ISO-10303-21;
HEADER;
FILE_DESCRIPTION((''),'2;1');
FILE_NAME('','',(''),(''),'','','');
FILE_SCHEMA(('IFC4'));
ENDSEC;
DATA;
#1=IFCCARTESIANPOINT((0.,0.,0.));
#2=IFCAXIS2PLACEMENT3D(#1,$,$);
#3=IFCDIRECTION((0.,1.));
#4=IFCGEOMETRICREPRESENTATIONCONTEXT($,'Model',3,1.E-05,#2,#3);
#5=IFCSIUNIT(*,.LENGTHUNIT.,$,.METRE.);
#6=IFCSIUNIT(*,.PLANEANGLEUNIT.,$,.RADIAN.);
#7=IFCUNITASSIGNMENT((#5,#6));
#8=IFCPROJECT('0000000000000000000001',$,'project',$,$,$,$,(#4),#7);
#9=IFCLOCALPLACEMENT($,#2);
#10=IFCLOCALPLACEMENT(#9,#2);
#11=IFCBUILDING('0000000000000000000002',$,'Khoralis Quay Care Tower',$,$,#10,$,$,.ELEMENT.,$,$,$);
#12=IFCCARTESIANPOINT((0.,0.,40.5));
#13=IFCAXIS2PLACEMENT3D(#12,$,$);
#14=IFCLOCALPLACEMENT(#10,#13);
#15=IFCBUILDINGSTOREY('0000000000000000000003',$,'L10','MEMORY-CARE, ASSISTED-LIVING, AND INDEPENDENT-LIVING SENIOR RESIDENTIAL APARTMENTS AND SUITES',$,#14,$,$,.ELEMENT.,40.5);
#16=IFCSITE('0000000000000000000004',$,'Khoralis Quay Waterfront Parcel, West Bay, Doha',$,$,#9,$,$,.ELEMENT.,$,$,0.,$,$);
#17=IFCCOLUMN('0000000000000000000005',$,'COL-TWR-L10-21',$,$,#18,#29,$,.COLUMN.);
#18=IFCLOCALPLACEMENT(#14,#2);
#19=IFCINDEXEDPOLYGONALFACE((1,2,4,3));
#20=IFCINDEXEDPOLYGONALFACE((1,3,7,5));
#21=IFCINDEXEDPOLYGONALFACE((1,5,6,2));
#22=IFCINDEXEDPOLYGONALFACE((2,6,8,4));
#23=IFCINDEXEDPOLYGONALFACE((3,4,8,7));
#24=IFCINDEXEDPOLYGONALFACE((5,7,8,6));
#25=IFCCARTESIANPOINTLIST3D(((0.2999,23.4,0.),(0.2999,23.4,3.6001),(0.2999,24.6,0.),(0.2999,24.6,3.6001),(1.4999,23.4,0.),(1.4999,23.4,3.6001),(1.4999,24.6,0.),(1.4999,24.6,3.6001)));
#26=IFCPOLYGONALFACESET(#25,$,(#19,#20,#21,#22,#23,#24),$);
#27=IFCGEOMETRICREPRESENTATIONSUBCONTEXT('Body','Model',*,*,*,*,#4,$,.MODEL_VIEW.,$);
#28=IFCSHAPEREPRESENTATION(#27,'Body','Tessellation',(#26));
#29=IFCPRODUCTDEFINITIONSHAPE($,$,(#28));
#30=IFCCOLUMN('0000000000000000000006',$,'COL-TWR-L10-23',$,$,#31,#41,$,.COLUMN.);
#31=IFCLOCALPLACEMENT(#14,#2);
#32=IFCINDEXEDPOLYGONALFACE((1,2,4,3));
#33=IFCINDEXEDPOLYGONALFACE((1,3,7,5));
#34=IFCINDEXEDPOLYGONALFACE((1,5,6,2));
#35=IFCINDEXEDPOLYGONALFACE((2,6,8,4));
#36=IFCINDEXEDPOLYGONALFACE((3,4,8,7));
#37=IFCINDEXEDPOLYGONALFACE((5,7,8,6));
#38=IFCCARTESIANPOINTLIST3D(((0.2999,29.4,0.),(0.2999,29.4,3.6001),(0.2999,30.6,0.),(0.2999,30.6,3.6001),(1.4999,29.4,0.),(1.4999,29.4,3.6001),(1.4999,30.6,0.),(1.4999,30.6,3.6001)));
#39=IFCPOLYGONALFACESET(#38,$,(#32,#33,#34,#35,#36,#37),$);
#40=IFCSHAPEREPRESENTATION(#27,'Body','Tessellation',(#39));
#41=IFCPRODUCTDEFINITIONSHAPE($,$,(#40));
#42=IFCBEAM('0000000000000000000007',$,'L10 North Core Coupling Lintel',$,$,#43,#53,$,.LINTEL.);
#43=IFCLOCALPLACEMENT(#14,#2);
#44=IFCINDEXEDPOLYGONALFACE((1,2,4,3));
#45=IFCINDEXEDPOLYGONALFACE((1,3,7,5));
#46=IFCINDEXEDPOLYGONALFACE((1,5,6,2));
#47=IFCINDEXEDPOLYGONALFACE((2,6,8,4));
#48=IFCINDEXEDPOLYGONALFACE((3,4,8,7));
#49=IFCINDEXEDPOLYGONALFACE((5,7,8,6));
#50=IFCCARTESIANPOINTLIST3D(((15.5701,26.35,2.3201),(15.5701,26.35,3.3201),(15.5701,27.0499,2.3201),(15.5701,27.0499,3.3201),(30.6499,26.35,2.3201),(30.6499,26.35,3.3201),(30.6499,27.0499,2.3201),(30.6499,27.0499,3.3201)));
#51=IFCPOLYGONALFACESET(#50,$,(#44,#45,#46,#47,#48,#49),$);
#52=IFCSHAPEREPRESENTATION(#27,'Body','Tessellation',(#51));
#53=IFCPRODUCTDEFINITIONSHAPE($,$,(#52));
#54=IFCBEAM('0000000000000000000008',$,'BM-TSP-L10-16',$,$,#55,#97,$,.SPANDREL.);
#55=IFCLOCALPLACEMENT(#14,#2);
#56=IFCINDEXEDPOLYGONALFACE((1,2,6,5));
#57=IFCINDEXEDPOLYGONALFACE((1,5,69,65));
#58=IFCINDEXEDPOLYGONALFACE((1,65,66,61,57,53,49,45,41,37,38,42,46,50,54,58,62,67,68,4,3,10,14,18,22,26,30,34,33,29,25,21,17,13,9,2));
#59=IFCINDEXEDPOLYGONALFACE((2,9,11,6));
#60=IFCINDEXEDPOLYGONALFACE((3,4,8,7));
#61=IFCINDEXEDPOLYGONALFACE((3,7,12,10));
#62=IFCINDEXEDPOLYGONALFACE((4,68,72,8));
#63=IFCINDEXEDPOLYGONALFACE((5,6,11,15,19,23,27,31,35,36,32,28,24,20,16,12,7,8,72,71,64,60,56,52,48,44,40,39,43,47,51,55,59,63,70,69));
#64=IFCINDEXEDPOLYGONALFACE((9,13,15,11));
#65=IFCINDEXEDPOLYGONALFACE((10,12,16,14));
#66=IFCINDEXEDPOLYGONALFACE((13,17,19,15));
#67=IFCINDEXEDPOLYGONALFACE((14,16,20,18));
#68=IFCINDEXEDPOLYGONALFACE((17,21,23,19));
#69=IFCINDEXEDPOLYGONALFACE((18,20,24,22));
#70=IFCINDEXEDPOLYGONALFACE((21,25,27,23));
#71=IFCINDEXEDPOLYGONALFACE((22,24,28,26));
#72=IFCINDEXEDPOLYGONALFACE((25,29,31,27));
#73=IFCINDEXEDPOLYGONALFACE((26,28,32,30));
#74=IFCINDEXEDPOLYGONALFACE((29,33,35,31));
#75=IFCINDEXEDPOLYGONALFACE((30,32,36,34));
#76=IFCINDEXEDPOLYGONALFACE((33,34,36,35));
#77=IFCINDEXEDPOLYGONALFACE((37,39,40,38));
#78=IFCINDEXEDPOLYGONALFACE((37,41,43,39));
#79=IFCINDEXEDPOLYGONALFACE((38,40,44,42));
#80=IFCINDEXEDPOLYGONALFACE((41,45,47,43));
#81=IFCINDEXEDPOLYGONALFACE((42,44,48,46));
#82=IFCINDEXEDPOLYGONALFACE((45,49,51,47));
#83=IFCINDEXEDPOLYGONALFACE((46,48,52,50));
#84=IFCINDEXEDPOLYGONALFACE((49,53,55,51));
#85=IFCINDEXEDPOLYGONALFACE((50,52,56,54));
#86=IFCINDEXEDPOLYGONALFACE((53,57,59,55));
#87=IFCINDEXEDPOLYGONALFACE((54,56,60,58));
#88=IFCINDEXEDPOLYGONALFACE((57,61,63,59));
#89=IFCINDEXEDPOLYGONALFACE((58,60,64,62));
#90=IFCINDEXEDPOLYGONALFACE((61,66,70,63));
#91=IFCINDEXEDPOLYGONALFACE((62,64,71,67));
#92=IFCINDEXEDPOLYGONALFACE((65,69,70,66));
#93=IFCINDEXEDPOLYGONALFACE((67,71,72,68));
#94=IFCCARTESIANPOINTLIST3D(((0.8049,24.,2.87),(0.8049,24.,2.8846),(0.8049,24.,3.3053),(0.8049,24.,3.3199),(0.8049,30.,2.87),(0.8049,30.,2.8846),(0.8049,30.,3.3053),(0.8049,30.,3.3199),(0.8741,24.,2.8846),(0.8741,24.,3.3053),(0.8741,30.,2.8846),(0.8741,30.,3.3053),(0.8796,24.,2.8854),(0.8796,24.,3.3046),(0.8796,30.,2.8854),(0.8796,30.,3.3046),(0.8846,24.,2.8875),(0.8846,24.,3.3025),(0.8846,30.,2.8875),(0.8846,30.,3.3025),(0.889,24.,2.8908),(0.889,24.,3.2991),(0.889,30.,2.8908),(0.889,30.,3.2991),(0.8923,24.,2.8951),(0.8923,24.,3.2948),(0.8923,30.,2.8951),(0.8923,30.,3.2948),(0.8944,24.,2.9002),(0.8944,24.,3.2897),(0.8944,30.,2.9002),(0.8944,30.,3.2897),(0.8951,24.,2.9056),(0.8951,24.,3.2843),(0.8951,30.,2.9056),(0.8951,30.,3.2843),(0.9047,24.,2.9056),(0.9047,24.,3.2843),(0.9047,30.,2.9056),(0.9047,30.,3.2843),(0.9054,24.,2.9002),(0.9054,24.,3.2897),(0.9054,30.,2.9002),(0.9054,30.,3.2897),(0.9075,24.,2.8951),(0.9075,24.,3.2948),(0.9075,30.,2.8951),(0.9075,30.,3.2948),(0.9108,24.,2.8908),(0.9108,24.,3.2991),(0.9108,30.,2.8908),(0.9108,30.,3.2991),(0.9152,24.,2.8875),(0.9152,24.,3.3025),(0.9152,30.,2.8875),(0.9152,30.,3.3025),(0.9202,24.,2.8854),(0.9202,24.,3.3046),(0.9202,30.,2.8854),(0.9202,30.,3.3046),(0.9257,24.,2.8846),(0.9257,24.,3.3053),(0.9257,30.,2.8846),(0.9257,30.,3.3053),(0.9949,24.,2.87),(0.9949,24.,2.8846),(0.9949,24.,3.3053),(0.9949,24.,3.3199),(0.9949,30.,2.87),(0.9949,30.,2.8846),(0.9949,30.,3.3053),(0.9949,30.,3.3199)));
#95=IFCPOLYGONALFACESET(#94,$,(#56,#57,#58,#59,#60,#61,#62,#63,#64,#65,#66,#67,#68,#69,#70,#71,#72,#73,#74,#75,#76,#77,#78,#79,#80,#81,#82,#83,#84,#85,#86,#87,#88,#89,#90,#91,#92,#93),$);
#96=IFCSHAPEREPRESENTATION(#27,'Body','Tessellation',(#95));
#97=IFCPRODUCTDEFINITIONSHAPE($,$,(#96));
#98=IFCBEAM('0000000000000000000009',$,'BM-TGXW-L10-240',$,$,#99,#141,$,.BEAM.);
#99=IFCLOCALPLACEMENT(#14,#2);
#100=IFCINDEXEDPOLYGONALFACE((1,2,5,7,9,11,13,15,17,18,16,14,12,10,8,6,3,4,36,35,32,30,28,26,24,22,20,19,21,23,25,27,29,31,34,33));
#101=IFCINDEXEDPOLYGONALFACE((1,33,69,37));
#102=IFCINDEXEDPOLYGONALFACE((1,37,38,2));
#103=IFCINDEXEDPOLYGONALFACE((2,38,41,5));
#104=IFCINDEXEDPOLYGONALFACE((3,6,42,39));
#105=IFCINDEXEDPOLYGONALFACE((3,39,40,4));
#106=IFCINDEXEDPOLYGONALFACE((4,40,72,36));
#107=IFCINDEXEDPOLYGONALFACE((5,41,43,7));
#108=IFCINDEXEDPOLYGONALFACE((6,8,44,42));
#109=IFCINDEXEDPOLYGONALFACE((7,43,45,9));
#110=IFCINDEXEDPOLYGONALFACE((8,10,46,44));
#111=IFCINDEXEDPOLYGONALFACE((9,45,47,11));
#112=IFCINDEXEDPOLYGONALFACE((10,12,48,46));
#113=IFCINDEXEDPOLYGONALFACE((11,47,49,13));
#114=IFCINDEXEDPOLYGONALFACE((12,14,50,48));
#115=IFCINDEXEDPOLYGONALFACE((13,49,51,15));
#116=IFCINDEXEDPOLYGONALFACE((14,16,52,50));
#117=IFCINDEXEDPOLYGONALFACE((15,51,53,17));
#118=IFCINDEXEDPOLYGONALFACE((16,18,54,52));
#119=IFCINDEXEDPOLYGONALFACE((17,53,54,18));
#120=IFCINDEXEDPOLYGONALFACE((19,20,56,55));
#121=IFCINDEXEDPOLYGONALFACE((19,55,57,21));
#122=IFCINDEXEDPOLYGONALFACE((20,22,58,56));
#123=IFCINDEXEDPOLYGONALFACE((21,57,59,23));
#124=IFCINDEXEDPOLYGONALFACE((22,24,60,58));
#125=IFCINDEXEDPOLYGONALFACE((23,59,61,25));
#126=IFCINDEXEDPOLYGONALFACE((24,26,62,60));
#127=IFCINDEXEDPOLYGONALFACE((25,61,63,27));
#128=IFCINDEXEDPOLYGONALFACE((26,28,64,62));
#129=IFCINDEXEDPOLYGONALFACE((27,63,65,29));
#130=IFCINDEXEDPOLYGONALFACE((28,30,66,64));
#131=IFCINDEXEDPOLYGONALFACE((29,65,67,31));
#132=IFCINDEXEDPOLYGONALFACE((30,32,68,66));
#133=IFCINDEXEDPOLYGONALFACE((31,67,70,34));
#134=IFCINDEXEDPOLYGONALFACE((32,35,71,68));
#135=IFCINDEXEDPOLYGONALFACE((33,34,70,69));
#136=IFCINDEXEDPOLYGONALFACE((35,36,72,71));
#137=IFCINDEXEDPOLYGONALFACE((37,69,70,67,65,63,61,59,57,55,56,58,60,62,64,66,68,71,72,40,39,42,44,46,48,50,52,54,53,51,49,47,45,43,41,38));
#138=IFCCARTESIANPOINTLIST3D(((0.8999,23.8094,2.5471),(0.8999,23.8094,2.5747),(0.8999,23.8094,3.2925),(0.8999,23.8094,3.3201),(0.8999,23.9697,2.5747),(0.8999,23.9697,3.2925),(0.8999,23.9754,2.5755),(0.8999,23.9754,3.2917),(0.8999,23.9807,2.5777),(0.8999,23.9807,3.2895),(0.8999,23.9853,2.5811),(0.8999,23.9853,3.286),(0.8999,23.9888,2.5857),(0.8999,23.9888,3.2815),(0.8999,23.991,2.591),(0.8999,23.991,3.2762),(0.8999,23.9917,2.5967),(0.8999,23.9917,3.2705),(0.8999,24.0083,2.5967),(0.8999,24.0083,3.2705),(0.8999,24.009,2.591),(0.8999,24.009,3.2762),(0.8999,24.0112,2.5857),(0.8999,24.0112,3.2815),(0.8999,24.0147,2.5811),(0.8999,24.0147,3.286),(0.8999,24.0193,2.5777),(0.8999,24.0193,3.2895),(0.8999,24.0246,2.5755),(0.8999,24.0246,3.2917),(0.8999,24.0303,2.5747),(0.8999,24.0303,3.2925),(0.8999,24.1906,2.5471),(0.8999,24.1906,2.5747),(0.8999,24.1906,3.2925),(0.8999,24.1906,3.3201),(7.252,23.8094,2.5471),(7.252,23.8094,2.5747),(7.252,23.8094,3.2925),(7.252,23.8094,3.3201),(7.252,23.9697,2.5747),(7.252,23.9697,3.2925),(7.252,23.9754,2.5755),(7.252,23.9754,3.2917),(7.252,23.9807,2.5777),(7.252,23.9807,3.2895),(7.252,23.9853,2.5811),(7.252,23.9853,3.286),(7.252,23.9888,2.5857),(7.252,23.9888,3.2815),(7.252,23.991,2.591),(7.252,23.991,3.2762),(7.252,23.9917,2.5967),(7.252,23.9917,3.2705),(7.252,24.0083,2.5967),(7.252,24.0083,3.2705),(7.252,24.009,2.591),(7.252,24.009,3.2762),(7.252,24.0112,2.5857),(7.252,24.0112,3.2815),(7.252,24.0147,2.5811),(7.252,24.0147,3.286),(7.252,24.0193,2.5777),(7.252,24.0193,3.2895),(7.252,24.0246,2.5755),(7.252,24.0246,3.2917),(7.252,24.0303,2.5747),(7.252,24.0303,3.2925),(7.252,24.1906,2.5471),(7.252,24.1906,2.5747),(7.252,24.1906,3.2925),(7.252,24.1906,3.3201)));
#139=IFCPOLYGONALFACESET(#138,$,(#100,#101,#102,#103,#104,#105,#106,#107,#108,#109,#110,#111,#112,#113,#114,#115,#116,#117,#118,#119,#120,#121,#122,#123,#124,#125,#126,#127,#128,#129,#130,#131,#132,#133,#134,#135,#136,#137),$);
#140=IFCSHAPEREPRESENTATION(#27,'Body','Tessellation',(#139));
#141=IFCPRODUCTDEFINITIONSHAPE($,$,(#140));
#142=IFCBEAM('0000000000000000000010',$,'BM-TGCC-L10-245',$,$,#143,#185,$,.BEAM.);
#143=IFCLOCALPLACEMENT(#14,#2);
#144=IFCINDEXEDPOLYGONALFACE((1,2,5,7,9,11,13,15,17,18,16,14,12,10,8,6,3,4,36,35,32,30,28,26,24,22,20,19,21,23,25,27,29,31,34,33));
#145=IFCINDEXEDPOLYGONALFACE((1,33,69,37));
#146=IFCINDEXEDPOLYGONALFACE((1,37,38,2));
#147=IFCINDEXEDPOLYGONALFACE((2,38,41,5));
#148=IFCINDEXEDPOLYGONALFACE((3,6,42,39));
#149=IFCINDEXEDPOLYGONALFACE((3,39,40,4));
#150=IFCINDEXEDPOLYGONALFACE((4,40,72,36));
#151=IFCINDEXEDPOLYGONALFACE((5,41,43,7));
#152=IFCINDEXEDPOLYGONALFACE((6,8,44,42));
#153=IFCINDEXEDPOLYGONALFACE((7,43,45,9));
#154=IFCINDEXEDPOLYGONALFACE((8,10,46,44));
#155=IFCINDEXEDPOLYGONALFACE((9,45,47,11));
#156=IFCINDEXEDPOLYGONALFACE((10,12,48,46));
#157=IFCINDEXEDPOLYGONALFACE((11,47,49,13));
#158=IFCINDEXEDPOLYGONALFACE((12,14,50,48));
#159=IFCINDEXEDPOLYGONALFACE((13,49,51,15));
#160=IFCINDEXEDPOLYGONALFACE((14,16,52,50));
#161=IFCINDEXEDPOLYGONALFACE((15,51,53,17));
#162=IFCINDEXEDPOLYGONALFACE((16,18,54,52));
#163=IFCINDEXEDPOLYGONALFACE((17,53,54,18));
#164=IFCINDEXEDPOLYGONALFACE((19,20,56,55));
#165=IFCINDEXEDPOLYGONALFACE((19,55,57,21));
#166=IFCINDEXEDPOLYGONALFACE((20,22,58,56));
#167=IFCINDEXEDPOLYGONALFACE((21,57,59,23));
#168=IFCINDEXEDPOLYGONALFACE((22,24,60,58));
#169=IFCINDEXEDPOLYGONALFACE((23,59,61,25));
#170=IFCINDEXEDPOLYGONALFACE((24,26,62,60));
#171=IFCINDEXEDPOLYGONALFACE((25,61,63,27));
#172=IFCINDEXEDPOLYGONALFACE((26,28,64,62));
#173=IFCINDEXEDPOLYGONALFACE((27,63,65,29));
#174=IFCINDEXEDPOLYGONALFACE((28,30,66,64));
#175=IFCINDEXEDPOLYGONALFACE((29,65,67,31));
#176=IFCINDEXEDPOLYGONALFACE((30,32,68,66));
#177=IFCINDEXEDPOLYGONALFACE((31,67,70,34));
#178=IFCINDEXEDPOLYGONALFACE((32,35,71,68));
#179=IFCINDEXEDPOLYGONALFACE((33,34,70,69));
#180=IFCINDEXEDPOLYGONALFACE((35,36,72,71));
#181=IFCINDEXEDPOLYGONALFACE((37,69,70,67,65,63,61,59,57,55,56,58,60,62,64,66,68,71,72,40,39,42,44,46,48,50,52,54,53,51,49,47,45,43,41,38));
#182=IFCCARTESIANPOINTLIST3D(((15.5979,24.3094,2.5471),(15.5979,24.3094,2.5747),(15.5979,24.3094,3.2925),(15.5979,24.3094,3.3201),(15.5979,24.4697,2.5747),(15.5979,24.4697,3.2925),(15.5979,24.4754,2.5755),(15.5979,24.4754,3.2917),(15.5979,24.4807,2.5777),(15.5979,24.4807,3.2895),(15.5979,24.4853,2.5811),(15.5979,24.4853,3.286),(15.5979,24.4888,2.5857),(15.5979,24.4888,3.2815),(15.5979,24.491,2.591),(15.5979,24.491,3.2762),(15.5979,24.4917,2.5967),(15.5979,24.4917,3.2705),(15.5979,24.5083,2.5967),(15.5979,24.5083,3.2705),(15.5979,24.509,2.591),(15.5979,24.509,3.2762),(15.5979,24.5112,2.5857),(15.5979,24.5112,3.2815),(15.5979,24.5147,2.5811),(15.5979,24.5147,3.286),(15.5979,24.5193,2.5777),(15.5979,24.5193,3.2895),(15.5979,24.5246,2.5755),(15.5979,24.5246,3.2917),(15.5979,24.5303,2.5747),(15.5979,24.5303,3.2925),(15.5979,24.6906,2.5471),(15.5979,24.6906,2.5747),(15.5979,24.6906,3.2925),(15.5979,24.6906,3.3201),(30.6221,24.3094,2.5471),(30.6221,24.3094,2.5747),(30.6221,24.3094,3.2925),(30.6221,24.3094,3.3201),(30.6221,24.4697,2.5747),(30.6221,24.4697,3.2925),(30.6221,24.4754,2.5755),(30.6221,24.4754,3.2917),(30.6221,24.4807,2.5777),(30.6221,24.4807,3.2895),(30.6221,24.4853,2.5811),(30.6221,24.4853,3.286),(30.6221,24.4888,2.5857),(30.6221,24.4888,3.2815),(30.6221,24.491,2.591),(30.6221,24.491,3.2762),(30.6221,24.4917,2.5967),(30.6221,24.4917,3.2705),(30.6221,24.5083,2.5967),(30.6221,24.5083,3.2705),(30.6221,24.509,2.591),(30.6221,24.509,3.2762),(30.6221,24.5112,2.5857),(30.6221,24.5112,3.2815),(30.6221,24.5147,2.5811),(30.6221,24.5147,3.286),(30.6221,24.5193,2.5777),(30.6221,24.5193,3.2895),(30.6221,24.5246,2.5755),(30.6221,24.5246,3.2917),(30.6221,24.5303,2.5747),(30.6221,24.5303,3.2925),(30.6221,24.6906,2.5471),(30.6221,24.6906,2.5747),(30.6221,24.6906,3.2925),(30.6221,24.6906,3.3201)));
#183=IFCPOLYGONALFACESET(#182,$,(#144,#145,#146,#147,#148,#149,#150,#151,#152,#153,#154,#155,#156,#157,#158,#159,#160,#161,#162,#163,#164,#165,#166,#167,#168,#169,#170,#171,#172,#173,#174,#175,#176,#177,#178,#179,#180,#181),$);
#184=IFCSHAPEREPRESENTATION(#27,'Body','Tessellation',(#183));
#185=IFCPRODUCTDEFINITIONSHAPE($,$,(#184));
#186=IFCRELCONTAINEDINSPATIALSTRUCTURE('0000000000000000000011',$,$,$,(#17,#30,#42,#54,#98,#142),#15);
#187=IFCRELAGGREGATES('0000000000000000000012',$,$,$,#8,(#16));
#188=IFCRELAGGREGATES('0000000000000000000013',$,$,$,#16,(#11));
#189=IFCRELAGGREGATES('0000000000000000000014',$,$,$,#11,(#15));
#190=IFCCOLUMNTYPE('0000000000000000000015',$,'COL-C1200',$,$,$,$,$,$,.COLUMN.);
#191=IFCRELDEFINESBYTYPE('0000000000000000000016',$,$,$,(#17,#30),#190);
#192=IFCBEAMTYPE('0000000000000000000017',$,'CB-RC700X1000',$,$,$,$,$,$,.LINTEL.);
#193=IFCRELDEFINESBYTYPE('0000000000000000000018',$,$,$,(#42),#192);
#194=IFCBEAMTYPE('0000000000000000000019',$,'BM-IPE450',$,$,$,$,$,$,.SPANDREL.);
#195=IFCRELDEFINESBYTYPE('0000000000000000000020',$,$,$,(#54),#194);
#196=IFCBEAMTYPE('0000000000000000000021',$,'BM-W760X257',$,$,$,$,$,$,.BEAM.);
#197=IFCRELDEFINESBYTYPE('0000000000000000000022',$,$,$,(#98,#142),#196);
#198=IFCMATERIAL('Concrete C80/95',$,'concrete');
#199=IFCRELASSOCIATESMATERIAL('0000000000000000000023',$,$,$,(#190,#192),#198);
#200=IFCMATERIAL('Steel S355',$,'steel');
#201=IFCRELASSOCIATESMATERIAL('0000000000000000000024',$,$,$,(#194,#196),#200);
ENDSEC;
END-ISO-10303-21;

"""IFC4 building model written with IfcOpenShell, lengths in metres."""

from ifc_helpers import new_model, si_unit, direction, frame, origin, origin_2d, place, context, subcontext, project, spatial, rectangle, i_section, extrude, source, transform, mapped, material, material_profile, profile_set, type_object, element, save


model = new_model("IFC4")

# Units and contexts
model_context = context("Model", 3, precision=1e-05, world=origin(), true_north=direction((0.0, 1.0)))
body_context = subcontext(model_context, "Body", "Model", "MODEL_VIEW")
ifc_project = project(units=[si_unit("LENGTHUNIT", "METRE"), si_unit("PLANEANGLEUNIT", "RADIAN")], contexts=[model_context])

# Site, building, storey
site_placement = place(None, origin())
site = spatial("IfcSite", under=ifc_project, at=site_placement, Name="Khoralis Quay Waterfront Parcel, West Bay, Doha", CompositionType="ELEMENT", RefElevation=0.0)
building_placement = place(site_placement, origin())
building = spatial("IfcBuilding", under=site, at=building_placement, Name="Khoralis Quay Care Tower", CompositionType="ELEMENT")
storey_placement = place(building_placement, frame((0.0, 0.0, 40.5)))
storey = spatial("IfcBuildingStorey", under=building, at=storey_placement, Name="L10", Description="MEMORY-CARE, ASSISTED-LIVING, AND INDEPENDENT-LIVING SENIOR RESIDENTIAL APARTMENTS AND SUITES", CompositionType="ELEMENT", Elevation=40.5)

# Columns
ifc_material_1 = material(Name="Concrete C80/95", Category="concrete")
ifc_material_profile_1 = material_profile(ifc_material_1, rectangle(XDim=1.2, YDim=1.2, at=origin_2d()), Name="Concrete C80/95")
ifc_profile_set_1 = profile_set([ifc_material_profile_1], Name="Concrete C80/95")
column_type = type_object("IfcColumnType", Name="COL-C1200", PredefinedType="COLUMN", material=ifc_profile_set_1)
shared_shape_1 = source(origin(), body_context, "Body", "SweptSolid", [
    extrude(rectangle(XDim=1.2, YDim=1.2, at=origin_2d()), origin(), (0.0, 0.0, 1.0), 3.6001),
])
for number, where, z_axis, x_axis, name in (
    (1, (0.8999, 24.0, 0.0), (0.0, 0.0, 1.0), (1.0, 0.0, 0.0), "COL-TWR-L10-21"),
    (2, (0.8999, 30.0, 0.0), (0.0, 0.0, 1.0), (1.0, 0.0, 0.0), "COL-TWR-L10-23"),
):
    element("IfcColumn", number, at=place(storey_placement, frame(where, z_axis=z_axis, x_axis=x_axis)), inside=storey, type_object=column_type, Name=name, PredefinedType="COLUMN", context=body_context, shape_type="MappedRepresentation", body=[
        mapped(shared_shape_1, transform((0.0, 0.0, 0.0), scale=1.0)),
    ])

# Beams
ifc_material_profile_2 = material_profile(ifc_material_1, rectangle(XDim=0.7, YDim=1.0, at=origin_2d()), Name="Concrete C80/95")
ifc_profile_set_2 = profile_set([ifc_material_profile_2], Name="Concrete C80/95")
beam_type_1 = type_object("IfcBeamType", Name="CB-RC700X1000", PredefinedType="LINTEL", material=ifc_profile_set_2)
shared_shape_2 = source(origin(), body_context, "Body", "SweptSolid", [
    extrude(rectangle(XDim=0.7, YDim=1.0, at=origin_2d()), origin(), (0.0, 0.0, 1.0), 15.0798),
])
beam_1_placement = place(storey_placement, frame((15.5701, 26.7, 2.8201), z_axis=(1.0, 0.0, 0.0), x_axis=(0.0, 1.0, 0.0)))
element("IfcBeam", 3, at=beam_1_placement, inside=storey, type_object=beam_type_1, Name="L10 North Core Coupling Lintel", PredefinedType="LINTEL", context=body_context, shape_type="MappedRepresentation", body=[
    mapped(shared_shape_2, transform((0.0, 0.0, 0.0), scale=1.0)),
])
ifc_material_2 = material(Name="Steel S355", Category="steel")
ifc_material_profile_3 = material_profile(ifc_material_2, i_section(OverallWidth=0.1899, OverallDepth=0.45, WebThickness=0.0095, FlangeThickness=0.0146, FilletRadius=0.021, at=origin_2d()), Name="Steel S355")
ifc_profile_set_3 = profile_set([ifc_material_profile_3], Name="Steel S355")
beam_type_2 = type_object("IfcBeamType", Name="BM-IPE450", PredefinedType="SPANDREL", material=ifc_profile_set_3)
shared_shape_3 = source(origin(), body_context, "Body", "SweptSolid", [
    extrude(i_section(OverallWidth=0.1899, OverallDepth=0.45, WebThickness=0.0095, FlangeThickness=0.0146, FilletRadius=0.021, at=origin_2d()), origin(), (0.0, 0.0, 1.0), 6.0),
])
beam_2_placement = place(storey_placement, frame((0.8999, 24.0, 3.095), z_axis=(0.0, 1.0, 0.0), x_axis=(-1.0, 0.0, 0.0)))
element("IfcBeam", 4, at=beam_2_placement, inside=storey, type_object=beam_type_2, Name="BM-TSP-L10-16", PredefinedType="SPANDREL", context=body_context, shape_type="MappedRepresentation", body=[
    mapped(shared_shape_3, transform((0.0, 0.0, 0.0), scale=1.0)),
])
ifc_material_profile_4 = material_profile(ifc_material_2, i_section(OverallWidth=0.3811, OverallDepth=0.7729, WebThickness=0.0166, FlangeThickness=0.0276, FilletRadius=0.022, at=origin_2d()), Name="Steel S355")
ifc_profile_set_4 = profile_set([ifc_material_profile_4], Name="Steel S355")
beam_type_3 = type_object("IfcBeamType", Name="BM-W760X257", PredefinedType="BEAM", material=ifc_profile_set_4)
shared_shape_4 = source(origin(), body_context, "Body", "SweptSolid", [
    extrude(i_section(OverallWidth=0.3811, OverallDepth=0.7729, WebThickness=0.0166, FlangeThickness=0.0276, FilletRadius=0.022, at=origin_2d()), origin(), (0.0, 0.0, 1.0), 6.3521),
])
beam_3_placement = place(storey_placement, frame((0.8999, 24.0, 2.9336), z_axis=(1.0, 0.0, 0.0), x_axis=(0.0, 1.0, 0.0)))
element("IfcBeam", 5, at=beam_3_placement, inside=storey, type_object=beam_type_3, Name="BM-TGXW-L10-240", PredefinedType="BEAM", context=body_context, shape_type="MappedRepresentation", body=[
    mapped(shared_shape_4, transform((0.0, 0.0, 0.0), scale=1.0)),
])
shared_shape_5 = source(origin(), body_context, "Body", "SweptSolid", [
    extrude(i_section(OverallWidth=0.3811, OverallDepth=0.7729, WebThickness=0.0166, FlangeThickness=0.0276, FilletRadius=0.022, at=origin_2d()), origin(), (0.0, 0.0, 1.0), 15.0242),
])
beam_4_placement = place(storey_placement, frame((15.5979, 24.5, 2.9336), z_axis=(1.0, 0.0, 0.0), x_axis=(0.0, 1.0, 0.0)))
element("IfcBeam", 6, at=beam_4_placement, inside=storey, type_object=beam_type_3, Name="BM-TGCC-L10-245", PredefinedType="BEAM", context=body_context, shape_type="MappedRepresentation", body=[
    mapped(shared_shape_5, transform((0.0, 0.0, 0.0), scale=1.0)),
])

save(model, "model.ifc")
